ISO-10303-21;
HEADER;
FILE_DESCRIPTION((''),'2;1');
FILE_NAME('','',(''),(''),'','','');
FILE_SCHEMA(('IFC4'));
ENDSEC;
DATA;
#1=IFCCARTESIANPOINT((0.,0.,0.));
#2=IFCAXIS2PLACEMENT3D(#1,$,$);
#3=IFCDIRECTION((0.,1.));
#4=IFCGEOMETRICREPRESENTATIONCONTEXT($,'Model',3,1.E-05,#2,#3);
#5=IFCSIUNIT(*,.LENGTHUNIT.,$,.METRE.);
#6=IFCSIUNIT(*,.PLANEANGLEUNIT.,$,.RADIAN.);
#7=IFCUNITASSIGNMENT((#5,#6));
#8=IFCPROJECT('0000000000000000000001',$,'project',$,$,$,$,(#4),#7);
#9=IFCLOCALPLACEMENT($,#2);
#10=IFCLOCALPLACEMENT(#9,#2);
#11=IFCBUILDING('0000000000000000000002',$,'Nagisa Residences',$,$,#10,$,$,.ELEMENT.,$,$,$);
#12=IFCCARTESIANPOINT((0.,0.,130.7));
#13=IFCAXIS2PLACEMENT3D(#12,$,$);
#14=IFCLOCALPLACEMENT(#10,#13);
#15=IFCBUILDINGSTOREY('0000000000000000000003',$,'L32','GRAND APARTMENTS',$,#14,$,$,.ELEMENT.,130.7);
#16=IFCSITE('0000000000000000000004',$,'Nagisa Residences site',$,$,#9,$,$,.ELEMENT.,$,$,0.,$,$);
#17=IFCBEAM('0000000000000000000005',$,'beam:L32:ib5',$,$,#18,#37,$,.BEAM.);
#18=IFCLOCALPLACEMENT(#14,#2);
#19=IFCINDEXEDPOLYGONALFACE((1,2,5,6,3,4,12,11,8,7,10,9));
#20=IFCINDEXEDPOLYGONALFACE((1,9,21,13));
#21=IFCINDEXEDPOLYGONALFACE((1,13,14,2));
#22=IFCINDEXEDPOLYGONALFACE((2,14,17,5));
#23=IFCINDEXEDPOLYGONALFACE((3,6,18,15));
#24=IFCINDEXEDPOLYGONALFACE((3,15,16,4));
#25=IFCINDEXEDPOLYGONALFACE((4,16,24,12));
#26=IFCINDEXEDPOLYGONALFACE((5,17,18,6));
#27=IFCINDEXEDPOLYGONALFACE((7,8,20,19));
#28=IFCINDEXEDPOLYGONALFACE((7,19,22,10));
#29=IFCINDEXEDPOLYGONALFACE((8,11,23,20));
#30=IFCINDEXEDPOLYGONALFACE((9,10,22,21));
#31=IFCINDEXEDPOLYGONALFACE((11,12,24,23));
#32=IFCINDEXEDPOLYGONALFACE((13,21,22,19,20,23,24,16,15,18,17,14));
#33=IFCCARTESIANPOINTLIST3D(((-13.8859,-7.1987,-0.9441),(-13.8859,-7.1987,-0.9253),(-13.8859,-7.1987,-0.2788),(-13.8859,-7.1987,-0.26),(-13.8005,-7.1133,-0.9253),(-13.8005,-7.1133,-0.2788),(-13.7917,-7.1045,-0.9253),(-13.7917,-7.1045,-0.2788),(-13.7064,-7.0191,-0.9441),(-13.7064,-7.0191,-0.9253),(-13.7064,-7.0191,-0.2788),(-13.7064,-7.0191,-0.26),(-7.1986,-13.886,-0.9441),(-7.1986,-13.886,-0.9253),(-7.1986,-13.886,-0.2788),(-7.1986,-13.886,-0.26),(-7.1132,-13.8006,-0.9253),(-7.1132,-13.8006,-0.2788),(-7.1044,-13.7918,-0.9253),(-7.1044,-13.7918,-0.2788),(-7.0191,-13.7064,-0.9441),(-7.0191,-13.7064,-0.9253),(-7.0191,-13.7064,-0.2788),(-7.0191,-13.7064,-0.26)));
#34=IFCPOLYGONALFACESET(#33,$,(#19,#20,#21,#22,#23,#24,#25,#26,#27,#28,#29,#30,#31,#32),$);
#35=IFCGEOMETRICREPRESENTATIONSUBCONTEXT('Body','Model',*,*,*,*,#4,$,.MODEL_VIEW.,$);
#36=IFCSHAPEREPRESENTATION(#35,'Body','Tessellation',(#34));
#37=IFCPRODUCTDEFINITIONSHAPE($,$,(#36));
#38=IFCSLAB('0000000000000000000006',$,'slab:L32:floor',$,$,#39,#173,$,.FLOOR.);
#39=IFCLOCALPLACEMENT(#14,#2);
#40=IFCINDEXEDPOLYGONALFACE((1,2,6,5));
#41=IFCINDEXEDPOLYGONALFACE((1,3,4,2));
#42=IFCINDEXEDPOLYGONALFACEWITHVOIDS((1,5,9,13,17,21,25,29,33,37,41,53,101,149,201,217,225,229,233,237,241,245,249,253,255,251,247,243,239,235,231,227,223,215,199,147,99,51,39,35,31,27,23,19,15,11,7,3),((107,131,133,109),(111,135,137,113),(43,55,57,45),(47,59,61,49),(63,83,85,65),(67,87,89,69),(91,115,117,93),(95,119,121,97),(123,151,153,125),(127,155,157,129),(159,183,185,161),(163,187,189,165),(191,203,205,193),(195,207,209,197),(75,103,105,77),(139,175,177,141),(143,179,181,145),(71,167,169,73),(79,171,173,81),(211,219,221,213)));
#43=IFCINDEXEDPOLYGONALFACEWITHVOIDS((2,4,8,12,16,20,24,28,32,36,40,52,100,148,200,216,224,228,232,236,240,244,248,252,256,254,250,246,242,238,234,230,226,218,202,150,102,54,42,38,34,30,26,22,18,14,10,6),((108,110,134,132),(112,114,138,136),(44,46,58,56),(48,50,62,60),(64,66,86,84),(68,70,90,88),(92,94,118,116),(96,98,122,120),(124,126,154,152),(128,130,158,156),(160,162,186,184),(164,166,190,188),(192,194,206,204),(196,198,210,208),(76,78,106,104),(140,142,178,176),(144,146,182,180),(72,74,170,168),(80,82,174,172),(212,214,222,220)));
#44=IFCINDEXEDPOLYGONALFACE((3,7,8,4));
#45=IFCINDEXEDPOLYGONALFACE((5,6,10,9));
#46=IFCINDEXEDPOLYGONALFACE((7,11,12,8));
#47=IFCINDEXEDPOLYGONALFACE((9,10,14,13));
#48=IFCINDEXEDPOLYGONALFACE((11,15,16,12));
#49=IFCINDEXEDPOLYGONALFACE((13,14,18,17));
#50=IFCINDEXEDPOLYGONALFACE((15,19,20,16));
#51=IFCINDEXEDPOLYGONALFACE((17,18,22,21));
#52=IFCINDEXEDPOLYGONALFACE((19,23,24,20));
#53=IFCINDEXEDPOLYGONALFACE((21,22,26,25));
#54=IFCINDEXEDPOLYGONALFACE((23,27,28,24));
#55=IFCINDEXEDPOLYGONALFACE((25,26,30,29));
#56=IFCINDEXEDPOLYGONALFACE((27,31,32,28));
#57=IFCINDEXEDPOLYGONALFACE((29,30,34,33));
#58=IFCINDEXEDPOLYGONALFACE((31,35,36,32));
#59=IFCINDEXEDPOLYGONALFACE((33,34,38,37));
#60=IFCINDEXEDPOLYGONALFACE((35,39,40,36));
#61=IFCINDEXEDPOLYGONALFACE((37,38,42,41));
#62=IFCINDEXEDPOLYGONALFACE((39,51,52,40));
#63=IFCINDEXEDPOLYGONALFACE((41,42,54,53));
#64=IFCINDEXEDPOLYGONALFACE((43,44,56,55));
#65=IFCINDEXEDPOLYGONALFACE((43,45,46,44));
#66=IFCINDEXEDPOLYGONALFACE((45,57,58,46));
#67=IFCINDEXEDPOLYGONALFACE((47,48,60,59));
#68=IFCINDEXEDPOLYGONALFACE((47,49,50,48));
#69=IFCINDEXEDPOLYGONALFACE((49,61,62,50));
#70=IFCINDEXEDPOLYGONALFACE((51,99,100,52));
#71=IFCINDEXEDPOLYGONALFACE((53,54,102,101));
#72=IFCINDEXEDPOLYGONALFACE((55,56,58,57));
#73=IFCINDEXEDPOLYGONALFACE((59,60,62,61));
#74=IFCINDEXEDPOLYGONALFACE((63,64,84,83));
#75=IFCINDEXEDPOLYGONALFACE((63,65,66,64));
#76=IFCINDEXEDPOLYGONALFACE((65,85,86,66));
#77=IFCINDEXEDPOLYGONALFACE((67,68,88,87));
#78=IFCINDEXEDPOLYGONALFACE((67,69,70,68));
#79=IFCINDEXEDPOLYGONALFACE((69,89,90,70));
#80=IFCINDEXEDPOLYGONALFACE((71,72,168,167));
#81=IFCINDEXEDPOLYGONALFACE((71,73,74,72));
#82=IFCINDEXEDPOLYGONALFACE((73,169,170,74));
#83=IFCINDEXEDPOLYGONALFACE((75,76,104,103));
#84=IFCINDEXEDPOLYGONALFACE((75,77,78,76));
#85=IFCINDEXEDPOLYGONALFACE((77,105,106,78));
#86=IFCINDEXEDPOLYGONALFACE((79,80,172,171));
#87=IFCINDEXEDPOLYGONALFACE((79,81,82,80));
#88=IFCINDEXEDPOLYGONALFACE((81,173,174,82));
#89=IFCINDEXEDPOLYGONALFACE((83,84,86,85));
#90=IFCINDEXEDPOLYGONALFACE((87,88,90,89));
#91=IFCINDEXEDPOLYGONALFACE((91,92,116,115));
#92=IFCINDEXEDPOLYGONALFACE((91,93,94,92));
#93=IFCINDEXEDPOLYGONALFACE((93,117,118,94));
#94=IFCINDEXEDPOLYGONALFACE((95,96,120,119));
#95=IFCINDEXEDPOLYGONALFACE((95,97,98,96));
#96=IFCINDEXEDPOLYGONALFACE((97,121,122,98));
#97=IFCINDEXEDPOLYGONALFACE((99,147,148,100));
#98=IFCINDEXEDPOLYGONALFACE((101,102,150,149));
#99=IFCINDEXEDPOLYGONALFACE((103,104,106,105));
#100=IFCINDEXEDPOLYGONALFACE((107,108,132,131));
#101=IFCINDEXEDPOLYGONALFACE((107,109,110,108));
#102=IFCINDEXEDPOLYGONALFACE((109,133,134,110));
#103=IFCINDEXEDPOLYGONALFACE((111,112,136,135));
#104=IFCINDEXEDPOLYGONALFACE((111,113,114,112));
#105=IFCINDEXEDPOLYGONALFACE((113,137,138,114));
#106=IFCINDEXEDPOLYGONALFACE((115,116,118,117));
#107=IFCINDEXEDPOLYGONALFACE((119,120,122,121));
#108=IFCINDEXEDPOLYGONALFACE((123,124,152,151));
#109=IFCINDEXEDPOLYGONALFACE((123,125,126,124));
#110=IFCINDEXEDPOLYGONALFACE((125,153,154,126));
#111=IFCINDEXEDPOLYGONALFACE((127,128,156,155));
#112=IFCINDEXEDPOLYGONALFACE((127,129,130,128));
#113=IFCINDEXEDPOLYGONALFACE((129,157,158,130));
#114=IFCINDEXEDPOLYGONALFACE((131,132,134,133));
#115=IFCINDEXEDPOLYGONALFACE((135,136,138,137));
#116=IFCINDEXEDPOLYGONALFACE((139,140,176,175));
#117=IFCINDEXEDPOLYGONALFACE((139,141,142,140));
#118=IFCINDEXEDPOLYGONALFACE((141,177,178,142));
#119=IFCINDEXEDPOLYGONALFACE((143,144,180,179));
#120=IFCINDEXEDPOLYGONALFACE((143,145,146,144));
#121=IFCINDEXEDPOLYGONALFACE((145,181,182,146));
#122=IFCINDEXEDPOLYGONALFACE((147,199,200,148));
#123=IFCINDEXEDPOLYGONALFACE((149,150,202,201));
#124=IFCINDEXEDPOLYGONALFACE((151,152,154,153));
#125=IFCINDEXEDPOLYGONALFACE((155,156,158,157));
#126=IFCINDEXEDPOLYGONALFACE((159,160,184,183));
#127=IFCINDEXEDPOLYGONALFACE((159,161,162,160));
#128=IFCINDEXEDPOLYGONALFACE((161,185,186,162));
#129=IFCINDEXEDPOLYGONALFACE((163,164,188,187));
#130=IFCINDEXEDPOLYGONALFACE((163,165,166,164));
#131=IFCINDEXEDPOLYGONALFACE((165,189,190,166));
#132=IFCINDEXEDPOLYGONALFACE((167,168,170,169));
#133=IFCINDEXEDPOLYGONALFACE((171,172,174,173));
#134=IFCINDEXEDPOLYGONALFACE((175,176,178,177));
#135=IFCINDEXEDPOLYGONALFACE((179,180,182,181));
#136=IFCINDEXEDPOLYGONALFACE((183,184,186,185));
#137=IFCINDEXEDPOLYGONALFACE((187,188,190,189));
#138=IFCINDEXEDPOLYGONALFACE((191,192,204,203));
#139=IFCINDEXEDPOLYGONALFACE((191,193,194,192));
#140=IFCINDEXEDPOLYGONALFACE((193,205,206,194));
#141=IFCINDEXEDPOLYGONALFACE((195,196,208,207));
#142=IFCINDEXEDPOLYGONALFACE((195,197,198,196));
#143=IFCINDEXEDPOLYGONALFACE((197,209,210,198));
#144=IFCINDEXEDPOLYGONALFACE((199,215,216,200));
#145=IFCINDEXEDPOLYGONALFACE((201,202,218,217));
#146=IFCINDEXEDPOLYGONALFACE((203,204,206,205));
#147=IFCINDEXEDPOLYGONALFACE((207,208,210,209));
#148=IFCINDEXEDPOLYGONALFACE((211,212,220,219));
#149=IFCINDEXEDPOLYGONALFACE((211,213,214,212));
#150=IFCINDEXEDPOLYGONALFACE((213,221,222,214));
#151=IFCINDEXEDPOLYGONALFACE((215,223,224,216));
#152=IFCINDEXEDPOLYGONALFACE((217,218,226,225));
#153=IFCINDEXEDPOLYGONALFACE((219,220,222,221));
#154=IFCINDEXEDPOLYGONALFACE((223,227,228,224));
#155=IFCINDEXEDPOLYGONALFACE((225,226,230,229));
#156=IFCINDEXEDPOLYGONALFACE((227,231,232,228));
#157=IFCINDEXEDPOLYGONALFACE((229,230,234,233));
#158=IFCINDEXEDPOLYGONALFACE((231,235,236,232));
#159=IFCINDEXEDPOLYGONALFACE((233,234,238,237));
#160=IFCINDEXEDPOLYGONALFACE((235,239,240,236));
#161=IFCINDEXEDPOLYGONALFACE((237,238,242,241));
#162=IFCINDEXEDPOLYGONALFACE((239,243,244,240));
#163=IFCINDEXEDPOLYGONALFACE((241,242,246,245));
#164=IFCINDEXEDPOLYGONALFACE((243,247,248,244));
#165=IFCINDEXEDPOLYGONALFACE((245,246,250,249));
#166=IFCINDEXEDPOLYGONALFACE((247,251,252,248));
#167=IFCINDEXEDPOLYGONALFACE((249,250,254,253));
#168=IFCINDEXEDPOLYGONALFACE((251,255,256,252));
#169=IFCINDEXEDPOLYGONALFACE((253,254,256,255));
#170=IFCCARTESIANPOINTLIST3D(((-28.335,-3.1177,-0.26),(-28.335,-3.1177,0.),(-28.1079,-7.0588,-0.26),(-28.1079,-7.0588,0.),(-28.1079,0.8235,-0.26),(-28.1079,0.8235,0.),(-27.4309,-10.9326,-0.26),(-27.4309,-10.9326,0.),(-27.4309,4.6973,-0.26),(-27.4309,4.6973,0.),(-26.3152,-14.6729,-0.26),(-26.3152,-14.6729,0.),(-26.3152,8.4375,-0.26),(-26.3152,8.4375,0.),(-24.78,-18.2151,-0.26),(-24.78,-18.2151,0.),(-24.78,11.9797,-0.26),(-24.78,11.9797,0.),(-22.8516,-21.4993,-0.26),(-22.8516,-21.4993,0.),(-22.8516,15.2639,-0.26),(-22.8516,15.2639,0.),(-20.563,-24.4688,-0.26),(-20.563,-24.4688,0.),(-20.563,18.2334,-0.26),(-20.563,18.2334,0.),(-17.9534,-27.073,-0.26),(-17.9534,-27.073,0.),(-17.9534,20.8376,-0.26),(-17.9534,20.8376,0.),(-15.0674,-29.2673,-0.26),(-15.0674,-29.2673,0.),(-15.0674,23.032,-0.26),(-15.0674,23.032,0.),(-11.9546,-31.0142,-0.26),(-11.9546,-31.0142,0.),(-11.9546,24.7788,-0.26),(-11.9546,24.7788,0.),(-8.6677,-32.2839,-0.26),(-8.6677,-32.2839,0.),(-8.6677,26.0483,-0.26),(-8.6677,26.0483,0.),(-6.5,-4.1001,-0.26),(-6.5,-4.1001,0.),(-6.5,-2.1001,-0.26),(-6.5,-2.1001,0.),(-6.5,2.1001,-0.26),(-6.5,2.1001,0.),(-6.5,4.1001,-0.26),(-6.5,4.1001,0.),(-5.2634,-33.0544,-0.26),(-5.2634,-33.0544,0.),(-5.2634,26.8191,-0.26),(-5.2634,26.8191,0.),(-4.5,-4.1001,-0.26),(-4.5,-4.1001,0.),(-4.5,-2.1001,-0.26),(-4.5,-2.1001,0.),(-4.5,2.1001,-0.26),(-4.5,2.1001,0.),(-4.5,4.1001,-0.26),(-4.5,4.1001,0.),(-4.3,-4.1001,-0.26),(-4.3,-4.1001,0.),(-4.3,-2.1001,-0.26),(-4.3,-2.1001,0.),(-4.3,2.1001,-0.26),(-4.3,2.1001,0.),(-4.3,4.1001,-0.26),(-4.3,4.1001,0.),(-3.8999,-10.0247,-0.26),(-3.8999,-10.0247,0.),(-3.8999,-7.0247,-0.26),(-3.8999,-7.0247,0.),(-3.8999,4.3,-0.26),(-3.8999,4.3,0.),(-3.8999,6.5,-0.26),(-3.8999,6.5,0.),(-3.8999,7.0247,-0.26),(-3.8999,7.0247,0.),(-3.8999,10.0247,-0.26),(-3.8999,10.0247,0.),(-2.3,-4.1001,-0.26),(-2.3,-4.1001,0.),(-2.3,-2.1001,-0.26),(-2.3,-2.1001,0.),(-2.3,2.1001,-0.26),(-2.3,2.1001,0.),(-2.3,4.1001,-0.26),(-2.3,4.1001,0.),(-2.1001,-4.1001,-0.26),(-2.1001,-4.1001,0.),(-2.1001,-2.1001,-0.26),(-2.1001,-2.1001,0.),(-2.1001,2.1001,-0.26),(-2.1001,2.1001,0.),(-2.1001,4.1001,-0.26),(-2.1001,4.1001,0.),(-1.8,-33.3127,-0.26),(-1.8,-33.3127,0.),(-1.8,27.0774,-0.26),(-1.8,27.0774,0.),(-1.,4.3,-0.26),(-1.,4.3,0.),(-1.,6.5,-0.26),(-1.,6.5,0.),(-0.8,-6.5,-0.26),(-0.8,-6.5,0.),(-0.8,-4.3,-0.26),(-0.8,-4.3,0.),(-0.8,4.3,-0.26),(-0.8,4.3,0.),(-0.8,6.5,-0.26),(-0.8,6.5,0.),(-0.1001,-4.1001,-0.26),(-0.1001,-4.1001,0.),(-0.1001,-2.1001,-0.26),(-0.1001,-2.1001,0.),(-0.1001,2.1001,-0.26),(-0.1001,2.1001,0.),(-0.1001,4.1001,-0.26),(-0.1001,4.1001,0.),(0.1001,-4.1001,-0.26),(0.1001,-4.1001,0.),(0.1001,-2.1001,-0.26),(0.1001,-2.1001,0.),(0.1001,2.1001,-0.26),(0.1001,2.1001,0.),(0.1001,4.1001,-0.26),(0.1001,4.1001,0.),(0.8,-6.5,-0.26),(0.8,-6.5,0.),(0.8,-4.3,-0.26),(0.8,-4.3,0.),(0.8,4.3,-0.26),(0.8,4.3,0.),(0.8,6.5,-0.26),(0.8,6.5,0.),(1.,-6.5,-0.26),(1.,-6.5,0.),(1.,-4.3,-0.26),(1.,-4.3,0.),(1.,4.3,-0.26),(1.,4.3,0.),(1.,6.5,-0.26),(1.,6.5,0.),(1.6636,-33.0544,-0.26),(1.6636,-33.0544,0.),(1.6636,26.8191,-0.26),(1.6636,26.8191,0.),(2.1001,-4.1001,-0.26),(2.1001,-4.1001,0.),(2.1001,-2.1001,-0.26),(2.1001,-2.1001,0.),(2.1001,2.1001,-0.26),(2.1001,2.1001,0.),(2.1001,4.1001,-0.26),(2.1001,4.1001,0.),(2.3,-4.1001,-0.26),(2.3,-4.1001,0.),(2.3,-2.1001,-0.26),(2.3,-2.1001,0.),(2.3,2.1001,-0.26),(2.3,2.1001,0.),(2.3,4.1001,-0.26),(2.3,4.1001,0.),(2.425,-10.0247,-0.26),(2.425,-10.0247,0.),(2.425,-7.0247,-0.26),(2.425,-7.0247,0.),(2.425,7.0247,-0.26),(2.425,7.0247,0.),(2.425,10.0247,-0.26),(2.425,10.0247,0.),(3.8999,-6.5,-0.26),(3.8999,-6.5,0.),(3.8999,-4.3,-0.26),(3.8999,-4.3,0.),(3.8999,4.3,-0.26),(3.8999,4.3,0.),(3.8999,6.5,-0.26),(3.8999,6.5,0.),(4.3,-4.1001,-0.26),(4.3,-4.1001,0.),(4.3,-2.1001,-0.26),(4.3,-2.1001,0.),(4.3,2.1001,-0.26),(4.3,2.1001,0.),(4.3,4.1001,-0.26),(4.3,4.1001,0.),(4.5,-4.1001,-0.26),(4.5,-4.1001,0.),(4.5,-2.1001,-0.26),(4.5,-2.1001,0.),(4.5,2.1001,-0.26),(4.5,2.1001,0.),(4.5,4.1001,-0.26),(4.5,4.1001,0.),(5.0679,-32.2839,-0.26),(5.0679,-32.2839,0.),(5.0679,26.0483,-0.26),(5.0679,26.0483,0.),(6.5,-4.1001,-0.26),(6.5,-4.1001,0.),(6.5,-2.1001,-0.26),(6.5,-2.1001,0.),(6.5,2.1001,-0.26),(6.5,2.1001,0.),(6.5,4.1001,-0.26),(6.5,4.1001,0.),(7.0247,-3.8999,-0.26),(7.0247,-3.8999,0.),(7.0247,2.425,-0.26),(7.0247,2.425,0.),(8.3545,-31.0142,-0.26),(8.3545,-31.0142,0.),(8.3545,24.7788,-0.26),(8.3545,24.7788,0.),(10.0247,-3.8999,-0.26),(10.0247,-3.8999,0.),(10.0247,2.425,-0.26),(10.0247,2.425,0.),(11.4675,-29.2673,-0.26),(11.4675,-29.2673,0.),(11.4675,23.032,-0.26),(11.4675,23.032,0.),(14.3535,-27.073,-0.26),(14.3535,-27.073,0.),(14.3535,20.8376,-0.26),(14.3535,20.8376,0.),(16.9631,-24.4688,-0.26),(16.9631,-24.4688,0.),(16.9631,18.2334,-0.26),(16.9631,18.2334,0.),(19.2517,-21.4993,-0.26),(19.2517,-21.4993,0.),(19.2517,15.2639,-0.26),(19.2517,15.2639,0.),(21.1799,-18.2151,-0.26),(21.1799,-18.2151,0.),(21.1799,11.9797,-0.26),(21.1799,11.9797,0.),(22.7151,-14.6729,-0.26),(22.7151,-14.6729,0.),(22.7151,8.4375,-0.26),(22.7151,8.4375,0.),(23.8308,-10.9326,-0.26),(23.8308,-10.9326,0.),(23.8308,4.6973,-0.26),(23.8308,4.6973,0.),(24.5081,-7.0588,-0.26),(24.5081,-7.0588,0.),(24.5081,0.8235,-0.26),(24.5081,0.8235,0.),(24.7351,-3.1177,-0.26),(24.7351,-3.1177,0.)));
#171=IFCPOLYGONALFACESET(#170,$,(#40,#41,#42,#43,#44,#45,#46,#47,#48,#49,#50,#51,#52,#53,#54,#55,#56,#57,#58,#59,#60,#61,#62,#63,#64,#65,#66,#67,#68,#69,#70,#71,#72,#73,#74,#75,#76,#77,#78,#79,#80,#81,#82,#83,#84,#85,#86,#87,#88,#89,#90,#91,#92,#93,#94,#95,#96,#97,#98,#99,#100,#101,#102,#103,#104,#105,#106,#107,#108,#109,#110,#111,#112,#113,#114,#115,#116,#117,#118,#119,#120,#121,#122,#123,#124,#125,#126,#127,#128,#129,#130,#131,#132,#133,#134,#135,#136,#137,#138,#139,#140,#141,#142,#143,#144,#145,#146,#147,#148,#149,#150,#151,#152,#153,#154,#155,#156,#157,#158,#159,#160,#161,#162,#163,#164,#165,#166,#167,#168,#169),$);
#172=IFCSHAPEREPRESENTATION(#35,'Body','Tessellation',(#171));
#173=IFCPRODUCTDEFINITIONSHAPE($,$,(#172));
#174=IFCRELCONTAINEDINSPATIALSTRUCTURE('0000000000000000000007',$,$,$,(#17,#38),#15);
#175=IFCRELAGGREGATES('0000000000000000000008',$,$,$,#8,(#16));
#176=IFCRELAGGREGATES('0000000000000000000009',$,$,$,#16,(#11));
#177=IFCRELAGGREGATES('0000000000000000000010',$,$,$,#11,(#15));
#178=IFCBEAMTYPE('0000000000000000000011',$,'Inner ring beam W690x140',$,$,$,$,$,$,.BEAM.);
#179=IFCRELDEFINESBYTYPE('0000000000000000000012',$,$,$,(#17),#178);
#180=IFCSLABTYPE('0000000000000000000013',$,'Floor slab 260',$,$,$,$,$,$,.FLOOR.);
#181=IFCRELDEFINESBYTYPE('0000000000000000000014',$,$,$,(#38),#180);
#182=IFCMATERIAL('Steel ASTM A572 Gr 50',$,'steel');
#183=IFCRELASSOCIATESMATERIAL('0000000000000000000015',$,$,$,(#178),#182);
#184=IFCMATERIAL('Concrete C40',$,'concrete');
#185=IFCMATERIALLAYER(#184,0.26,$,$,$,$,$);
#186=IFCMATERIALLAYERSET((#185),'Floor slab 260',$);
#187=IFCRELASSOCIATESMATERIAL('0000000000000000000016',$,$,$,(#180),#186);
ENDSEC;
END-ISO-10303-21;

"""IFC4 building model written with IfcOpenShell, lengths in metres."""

from ifc_helpers import new_model, si_unit, direction, frame, origin, origin_2d, place, context, subcontext, project, spatial, polyline, i_section, outline, extrude, material, layer, layer_set, material_profile, profile_set, type_object, element, save


model = new_model("IFC4")

# Units and contexts
model_context = context("Model", 3, precision=1e-05, world=origin(), true_north=direction((0.0, 1.0)))
body_context = subcontext(model_context, "Body", "Model", "MODEL_VIEW")
ifc_project = project(units=[si_unit("LENGTHUNIT", "METRE"), si_unit("PLANEANGLEUNIT", "RADIAN")], contexts=[model_context])

# Site, building, storey
site_placement = place(None, origin())
site = spatial("IfcSite", under=ifc_project, at=site_placement, Name="Nagisa Residences site", CompositionType="ELEMENT", RefElevation=0.0)
building_placement = place(site_placement, origin())
building = spatial("IfcBuilding", under=site, at=building_placement, Name="Nagisa Residences", CompositionType="ELEMENT")
storey_placement = place(building_placement, frame((0.0, 0.0, 130.7)))
storey = spatial("IfcBuildingStorey", under=building, at=storey_placement, Name="L32", Description="GRAND APARTMENTS", CompositionType="ELEMENT", Elevation=130.7)

# Beam
ifc_material_1 = material(Name="Steel ASTM A572 Gr 50", Category="steel")
ifc_material_profile = material_profile(ifc_material_1, i_section(OverallWidth=0.2539, OverallDepth=0.6841, WebThickness=0.0125, FlangeThickness=0.0188, at=origin_2d()), Name="W690x140")
ifc_profile_set = profile_set([ifc_material_profile], Name="Steel ASTM A572 Gr 50")
beam_type = type_object("IfcBeamType", Name="Inner ring beam W690x140", PredefinedType="BEAM", material=ifc_profile_set)
beam_placement = place(storey_placement, frame((-13.7961, -7.1089, -0.6021), z_axis=(0.707107, -0.707107, 0.0), x_axis=(0.707107, 0.707107, 0.0)))
element("IfcBeam", 1, at=beam_placement, inside=storey, type_object=beam_type, Name="beam:L32:ib5", PredefinedType="BEAM", context=body_context, shape_type="SweptSolid", body=[
    extrude(i_section(OverallWidth=0.2539, OverallDepth=0.6841, WebThickness=0.0125, FlangeThickness=0.0188, at=origin_2d()), origin(), (0.0, 0.0, 1.0), 9.4573),
])

# Slab
ifc_material_2 = material(Name="Concrete C40", Category="concrete")
ifc_layer_1 = layer(ifc_material_2, 0.26)
ifc_layer_set_1 = layer_set([ifc_layer_1], Name="Floor slab 260")
slab_type = type_object("IfcSlabType", Name="Floor slab 260", PredefinedType="FLOOR", material=ifc_layer_set_1)
slab_placement = place(storey_placement, frame((0.0, 0.0, -0.26)))
element("IfcSlab", 2, at=slab_placement, inside=storey, type_object=slab_type, Name="slab:L32:floor", PredefinedType="FLOOR", context=body_context, shape_type="SweptSolid", body=[
    extrude(outline(polyline([(24.7351, -3.1177), (24.5081, 0.8235), (23.8308, 4.6973), (22.7151, 8.4375), (21.1799, 11.9797), (19.2517, 15.2639), (16.9631, 18.2334), (14.3535, 20.8376), (11.4675, 23.032), (8.3545, 24.7788), (5.0679, 26.0483), (1.6636, 26.8191), (-1.8, 27.0774), (-5.2634, 26.8191), (-8.6677, 26.0483), (-11.9546, 24.7788), (-15.0674, 23.032), (-17.9534, 20.8376), (-20.563, 18.2334), (-22.8516, 15.2639), (-24.78, 11.9797), (-26.3152, 8.4375), (-27.4309, 4.6973), (-28.1079, 0.8235), (-28.335, -3.1177), (-28.1079, -7.0588), (-27.4309, -10.9326), (-26.3152, -14.6729), (-24.78, -18.2151), (-22.8516, -21.4993), (-20.563, -24.4688), (-17.9534, -27.073), (-15.0674, -29.2673), (-11.9546, -31.0142), (-8.6677, -32.2839), (-5.2634, -33.0544), (-1.8, -33.3127), (1.6636, -33.0544), (5.0679, -32.2839), (8.3545, -31.0142), (11.4675, -29.2673), (14.3535, -27.073), (16.9631, -24.4688), (19.2517, -21.4993), (21.1799, -18.2151), (22.7151, -14.6729), (23.8308, -10.9326), (24.5081, -7.0588), (24.7351, -3.1177)]), holes=[polyline([(-4.5, 2.1001), (-4.5, 4.1001), (-6.5, 4.1001), (-6.5, 2.1001), (-4.5, 2.1001)]), polyline([(-2.3, 2.1001), (-2.3, 4.1001), (-4.3, 4.1001), (-4.3, 2.1001), (-2.3, 2.1001)]), polyline([(-0.1001, 2.1001), (-0.1001, 4.1001), (-2.1001, 4.1001), (-2.1001, 2.1001), (-0.1001, 2.1001)]), polyline([(2.1001, 2.1001), (2.1001, 4.1001), (0.1001, 4.1001), (0.1001, 2.1001), (2.1001, 2.1001)]), polyline([(4.3, 2.1001), (4.3, 4.1001), (2.3, 4.1001), (2.3, 2.1001), (4.3, 2.1001)]), polyline([(6.5, 2.1001), (6.5, 4.1001), (4.5, 4.1001), (4.5, 2.1001), (6.5, 2.1001)]), polyline([(-4.5, -4.1001), (-4.5, -2.1001), (-6.5, -2.1001), (-6.5, -4.1001), (-4.5, -4.1001)]), polyline([(-2.3, -4.1001), (-2.3, -2.1001), (-4.3, -2.1001), (-4.3, -4.1001), (-2.3, -4.1001)]), polyline([(-0.1001, -4.1001), (-0.1001, -2.1001), (-2.1001, -2.1001), (-2.1001, -4.1001), (-0.1001, -4.1001)]), polyline([(2.1001, -4.1001), (2.1001, -2.1001), (0.1001, -2.1001), (0.1001, -4.1001), (2.1001, -4.1001)]), polyline([(4.3, -4.1001), (4.3, -2.1001), (2.3, -2.1001), (2.3, -4.1001), (4.3, -4.1001)]), polyline([(6.5, -4.1001), (6.5, -2.1001), (4.5, -2.1001), (4.5, -4.1001), (6.5, -4.1001)]), polyline([(3.8999, 4.3), (3.8999, 6.5), (1.0, 6.5), (1.0, 4.3), (3.8999, 4.3)]), polyline([(3.8999, -6.5), (3.8999, -4.3), (1.0, -4.3), (1.0, -6.5), (3.8999, -6.5)]), polyline([(-1.0, 4.3), (-1.0, 6.5), (-3.8999, 6.5), (-3.8999, 4.3), (-1.0, 4.3)]), polyline([(0.8, 4.3), (0.8, 6.5), (-0.8, 6.5), (-0.8, 4.3), (0.8, 4.3)]), polyline([(0.8, -6.5), (0.8, -4.3), (-0.8, -4.3), (-0.8, -6.5), (0.8, -6.5)]), polyline([(10.0247, -3.8999), (7.0247, -3.8999), (7.0247, 2.425), (10.0247, 2.425), (10.0247, -3.8999)]), polyline([(-3.8999, 7.0247), (-3.8999, 10.0247), (2.425, 10.0247), (2.425, 7.0247), (-3.8999, 7.0247)]), polyline([(-3.8999, -10.0247), (-3.8999, -7.0247), (2.425, -7.0247), (2.425, -10.0247), (-3.8999, -10.0247)])]), origin(), (0.0, 0.0, 1.0), 0.26),
])

save(model, "model.ifc")
